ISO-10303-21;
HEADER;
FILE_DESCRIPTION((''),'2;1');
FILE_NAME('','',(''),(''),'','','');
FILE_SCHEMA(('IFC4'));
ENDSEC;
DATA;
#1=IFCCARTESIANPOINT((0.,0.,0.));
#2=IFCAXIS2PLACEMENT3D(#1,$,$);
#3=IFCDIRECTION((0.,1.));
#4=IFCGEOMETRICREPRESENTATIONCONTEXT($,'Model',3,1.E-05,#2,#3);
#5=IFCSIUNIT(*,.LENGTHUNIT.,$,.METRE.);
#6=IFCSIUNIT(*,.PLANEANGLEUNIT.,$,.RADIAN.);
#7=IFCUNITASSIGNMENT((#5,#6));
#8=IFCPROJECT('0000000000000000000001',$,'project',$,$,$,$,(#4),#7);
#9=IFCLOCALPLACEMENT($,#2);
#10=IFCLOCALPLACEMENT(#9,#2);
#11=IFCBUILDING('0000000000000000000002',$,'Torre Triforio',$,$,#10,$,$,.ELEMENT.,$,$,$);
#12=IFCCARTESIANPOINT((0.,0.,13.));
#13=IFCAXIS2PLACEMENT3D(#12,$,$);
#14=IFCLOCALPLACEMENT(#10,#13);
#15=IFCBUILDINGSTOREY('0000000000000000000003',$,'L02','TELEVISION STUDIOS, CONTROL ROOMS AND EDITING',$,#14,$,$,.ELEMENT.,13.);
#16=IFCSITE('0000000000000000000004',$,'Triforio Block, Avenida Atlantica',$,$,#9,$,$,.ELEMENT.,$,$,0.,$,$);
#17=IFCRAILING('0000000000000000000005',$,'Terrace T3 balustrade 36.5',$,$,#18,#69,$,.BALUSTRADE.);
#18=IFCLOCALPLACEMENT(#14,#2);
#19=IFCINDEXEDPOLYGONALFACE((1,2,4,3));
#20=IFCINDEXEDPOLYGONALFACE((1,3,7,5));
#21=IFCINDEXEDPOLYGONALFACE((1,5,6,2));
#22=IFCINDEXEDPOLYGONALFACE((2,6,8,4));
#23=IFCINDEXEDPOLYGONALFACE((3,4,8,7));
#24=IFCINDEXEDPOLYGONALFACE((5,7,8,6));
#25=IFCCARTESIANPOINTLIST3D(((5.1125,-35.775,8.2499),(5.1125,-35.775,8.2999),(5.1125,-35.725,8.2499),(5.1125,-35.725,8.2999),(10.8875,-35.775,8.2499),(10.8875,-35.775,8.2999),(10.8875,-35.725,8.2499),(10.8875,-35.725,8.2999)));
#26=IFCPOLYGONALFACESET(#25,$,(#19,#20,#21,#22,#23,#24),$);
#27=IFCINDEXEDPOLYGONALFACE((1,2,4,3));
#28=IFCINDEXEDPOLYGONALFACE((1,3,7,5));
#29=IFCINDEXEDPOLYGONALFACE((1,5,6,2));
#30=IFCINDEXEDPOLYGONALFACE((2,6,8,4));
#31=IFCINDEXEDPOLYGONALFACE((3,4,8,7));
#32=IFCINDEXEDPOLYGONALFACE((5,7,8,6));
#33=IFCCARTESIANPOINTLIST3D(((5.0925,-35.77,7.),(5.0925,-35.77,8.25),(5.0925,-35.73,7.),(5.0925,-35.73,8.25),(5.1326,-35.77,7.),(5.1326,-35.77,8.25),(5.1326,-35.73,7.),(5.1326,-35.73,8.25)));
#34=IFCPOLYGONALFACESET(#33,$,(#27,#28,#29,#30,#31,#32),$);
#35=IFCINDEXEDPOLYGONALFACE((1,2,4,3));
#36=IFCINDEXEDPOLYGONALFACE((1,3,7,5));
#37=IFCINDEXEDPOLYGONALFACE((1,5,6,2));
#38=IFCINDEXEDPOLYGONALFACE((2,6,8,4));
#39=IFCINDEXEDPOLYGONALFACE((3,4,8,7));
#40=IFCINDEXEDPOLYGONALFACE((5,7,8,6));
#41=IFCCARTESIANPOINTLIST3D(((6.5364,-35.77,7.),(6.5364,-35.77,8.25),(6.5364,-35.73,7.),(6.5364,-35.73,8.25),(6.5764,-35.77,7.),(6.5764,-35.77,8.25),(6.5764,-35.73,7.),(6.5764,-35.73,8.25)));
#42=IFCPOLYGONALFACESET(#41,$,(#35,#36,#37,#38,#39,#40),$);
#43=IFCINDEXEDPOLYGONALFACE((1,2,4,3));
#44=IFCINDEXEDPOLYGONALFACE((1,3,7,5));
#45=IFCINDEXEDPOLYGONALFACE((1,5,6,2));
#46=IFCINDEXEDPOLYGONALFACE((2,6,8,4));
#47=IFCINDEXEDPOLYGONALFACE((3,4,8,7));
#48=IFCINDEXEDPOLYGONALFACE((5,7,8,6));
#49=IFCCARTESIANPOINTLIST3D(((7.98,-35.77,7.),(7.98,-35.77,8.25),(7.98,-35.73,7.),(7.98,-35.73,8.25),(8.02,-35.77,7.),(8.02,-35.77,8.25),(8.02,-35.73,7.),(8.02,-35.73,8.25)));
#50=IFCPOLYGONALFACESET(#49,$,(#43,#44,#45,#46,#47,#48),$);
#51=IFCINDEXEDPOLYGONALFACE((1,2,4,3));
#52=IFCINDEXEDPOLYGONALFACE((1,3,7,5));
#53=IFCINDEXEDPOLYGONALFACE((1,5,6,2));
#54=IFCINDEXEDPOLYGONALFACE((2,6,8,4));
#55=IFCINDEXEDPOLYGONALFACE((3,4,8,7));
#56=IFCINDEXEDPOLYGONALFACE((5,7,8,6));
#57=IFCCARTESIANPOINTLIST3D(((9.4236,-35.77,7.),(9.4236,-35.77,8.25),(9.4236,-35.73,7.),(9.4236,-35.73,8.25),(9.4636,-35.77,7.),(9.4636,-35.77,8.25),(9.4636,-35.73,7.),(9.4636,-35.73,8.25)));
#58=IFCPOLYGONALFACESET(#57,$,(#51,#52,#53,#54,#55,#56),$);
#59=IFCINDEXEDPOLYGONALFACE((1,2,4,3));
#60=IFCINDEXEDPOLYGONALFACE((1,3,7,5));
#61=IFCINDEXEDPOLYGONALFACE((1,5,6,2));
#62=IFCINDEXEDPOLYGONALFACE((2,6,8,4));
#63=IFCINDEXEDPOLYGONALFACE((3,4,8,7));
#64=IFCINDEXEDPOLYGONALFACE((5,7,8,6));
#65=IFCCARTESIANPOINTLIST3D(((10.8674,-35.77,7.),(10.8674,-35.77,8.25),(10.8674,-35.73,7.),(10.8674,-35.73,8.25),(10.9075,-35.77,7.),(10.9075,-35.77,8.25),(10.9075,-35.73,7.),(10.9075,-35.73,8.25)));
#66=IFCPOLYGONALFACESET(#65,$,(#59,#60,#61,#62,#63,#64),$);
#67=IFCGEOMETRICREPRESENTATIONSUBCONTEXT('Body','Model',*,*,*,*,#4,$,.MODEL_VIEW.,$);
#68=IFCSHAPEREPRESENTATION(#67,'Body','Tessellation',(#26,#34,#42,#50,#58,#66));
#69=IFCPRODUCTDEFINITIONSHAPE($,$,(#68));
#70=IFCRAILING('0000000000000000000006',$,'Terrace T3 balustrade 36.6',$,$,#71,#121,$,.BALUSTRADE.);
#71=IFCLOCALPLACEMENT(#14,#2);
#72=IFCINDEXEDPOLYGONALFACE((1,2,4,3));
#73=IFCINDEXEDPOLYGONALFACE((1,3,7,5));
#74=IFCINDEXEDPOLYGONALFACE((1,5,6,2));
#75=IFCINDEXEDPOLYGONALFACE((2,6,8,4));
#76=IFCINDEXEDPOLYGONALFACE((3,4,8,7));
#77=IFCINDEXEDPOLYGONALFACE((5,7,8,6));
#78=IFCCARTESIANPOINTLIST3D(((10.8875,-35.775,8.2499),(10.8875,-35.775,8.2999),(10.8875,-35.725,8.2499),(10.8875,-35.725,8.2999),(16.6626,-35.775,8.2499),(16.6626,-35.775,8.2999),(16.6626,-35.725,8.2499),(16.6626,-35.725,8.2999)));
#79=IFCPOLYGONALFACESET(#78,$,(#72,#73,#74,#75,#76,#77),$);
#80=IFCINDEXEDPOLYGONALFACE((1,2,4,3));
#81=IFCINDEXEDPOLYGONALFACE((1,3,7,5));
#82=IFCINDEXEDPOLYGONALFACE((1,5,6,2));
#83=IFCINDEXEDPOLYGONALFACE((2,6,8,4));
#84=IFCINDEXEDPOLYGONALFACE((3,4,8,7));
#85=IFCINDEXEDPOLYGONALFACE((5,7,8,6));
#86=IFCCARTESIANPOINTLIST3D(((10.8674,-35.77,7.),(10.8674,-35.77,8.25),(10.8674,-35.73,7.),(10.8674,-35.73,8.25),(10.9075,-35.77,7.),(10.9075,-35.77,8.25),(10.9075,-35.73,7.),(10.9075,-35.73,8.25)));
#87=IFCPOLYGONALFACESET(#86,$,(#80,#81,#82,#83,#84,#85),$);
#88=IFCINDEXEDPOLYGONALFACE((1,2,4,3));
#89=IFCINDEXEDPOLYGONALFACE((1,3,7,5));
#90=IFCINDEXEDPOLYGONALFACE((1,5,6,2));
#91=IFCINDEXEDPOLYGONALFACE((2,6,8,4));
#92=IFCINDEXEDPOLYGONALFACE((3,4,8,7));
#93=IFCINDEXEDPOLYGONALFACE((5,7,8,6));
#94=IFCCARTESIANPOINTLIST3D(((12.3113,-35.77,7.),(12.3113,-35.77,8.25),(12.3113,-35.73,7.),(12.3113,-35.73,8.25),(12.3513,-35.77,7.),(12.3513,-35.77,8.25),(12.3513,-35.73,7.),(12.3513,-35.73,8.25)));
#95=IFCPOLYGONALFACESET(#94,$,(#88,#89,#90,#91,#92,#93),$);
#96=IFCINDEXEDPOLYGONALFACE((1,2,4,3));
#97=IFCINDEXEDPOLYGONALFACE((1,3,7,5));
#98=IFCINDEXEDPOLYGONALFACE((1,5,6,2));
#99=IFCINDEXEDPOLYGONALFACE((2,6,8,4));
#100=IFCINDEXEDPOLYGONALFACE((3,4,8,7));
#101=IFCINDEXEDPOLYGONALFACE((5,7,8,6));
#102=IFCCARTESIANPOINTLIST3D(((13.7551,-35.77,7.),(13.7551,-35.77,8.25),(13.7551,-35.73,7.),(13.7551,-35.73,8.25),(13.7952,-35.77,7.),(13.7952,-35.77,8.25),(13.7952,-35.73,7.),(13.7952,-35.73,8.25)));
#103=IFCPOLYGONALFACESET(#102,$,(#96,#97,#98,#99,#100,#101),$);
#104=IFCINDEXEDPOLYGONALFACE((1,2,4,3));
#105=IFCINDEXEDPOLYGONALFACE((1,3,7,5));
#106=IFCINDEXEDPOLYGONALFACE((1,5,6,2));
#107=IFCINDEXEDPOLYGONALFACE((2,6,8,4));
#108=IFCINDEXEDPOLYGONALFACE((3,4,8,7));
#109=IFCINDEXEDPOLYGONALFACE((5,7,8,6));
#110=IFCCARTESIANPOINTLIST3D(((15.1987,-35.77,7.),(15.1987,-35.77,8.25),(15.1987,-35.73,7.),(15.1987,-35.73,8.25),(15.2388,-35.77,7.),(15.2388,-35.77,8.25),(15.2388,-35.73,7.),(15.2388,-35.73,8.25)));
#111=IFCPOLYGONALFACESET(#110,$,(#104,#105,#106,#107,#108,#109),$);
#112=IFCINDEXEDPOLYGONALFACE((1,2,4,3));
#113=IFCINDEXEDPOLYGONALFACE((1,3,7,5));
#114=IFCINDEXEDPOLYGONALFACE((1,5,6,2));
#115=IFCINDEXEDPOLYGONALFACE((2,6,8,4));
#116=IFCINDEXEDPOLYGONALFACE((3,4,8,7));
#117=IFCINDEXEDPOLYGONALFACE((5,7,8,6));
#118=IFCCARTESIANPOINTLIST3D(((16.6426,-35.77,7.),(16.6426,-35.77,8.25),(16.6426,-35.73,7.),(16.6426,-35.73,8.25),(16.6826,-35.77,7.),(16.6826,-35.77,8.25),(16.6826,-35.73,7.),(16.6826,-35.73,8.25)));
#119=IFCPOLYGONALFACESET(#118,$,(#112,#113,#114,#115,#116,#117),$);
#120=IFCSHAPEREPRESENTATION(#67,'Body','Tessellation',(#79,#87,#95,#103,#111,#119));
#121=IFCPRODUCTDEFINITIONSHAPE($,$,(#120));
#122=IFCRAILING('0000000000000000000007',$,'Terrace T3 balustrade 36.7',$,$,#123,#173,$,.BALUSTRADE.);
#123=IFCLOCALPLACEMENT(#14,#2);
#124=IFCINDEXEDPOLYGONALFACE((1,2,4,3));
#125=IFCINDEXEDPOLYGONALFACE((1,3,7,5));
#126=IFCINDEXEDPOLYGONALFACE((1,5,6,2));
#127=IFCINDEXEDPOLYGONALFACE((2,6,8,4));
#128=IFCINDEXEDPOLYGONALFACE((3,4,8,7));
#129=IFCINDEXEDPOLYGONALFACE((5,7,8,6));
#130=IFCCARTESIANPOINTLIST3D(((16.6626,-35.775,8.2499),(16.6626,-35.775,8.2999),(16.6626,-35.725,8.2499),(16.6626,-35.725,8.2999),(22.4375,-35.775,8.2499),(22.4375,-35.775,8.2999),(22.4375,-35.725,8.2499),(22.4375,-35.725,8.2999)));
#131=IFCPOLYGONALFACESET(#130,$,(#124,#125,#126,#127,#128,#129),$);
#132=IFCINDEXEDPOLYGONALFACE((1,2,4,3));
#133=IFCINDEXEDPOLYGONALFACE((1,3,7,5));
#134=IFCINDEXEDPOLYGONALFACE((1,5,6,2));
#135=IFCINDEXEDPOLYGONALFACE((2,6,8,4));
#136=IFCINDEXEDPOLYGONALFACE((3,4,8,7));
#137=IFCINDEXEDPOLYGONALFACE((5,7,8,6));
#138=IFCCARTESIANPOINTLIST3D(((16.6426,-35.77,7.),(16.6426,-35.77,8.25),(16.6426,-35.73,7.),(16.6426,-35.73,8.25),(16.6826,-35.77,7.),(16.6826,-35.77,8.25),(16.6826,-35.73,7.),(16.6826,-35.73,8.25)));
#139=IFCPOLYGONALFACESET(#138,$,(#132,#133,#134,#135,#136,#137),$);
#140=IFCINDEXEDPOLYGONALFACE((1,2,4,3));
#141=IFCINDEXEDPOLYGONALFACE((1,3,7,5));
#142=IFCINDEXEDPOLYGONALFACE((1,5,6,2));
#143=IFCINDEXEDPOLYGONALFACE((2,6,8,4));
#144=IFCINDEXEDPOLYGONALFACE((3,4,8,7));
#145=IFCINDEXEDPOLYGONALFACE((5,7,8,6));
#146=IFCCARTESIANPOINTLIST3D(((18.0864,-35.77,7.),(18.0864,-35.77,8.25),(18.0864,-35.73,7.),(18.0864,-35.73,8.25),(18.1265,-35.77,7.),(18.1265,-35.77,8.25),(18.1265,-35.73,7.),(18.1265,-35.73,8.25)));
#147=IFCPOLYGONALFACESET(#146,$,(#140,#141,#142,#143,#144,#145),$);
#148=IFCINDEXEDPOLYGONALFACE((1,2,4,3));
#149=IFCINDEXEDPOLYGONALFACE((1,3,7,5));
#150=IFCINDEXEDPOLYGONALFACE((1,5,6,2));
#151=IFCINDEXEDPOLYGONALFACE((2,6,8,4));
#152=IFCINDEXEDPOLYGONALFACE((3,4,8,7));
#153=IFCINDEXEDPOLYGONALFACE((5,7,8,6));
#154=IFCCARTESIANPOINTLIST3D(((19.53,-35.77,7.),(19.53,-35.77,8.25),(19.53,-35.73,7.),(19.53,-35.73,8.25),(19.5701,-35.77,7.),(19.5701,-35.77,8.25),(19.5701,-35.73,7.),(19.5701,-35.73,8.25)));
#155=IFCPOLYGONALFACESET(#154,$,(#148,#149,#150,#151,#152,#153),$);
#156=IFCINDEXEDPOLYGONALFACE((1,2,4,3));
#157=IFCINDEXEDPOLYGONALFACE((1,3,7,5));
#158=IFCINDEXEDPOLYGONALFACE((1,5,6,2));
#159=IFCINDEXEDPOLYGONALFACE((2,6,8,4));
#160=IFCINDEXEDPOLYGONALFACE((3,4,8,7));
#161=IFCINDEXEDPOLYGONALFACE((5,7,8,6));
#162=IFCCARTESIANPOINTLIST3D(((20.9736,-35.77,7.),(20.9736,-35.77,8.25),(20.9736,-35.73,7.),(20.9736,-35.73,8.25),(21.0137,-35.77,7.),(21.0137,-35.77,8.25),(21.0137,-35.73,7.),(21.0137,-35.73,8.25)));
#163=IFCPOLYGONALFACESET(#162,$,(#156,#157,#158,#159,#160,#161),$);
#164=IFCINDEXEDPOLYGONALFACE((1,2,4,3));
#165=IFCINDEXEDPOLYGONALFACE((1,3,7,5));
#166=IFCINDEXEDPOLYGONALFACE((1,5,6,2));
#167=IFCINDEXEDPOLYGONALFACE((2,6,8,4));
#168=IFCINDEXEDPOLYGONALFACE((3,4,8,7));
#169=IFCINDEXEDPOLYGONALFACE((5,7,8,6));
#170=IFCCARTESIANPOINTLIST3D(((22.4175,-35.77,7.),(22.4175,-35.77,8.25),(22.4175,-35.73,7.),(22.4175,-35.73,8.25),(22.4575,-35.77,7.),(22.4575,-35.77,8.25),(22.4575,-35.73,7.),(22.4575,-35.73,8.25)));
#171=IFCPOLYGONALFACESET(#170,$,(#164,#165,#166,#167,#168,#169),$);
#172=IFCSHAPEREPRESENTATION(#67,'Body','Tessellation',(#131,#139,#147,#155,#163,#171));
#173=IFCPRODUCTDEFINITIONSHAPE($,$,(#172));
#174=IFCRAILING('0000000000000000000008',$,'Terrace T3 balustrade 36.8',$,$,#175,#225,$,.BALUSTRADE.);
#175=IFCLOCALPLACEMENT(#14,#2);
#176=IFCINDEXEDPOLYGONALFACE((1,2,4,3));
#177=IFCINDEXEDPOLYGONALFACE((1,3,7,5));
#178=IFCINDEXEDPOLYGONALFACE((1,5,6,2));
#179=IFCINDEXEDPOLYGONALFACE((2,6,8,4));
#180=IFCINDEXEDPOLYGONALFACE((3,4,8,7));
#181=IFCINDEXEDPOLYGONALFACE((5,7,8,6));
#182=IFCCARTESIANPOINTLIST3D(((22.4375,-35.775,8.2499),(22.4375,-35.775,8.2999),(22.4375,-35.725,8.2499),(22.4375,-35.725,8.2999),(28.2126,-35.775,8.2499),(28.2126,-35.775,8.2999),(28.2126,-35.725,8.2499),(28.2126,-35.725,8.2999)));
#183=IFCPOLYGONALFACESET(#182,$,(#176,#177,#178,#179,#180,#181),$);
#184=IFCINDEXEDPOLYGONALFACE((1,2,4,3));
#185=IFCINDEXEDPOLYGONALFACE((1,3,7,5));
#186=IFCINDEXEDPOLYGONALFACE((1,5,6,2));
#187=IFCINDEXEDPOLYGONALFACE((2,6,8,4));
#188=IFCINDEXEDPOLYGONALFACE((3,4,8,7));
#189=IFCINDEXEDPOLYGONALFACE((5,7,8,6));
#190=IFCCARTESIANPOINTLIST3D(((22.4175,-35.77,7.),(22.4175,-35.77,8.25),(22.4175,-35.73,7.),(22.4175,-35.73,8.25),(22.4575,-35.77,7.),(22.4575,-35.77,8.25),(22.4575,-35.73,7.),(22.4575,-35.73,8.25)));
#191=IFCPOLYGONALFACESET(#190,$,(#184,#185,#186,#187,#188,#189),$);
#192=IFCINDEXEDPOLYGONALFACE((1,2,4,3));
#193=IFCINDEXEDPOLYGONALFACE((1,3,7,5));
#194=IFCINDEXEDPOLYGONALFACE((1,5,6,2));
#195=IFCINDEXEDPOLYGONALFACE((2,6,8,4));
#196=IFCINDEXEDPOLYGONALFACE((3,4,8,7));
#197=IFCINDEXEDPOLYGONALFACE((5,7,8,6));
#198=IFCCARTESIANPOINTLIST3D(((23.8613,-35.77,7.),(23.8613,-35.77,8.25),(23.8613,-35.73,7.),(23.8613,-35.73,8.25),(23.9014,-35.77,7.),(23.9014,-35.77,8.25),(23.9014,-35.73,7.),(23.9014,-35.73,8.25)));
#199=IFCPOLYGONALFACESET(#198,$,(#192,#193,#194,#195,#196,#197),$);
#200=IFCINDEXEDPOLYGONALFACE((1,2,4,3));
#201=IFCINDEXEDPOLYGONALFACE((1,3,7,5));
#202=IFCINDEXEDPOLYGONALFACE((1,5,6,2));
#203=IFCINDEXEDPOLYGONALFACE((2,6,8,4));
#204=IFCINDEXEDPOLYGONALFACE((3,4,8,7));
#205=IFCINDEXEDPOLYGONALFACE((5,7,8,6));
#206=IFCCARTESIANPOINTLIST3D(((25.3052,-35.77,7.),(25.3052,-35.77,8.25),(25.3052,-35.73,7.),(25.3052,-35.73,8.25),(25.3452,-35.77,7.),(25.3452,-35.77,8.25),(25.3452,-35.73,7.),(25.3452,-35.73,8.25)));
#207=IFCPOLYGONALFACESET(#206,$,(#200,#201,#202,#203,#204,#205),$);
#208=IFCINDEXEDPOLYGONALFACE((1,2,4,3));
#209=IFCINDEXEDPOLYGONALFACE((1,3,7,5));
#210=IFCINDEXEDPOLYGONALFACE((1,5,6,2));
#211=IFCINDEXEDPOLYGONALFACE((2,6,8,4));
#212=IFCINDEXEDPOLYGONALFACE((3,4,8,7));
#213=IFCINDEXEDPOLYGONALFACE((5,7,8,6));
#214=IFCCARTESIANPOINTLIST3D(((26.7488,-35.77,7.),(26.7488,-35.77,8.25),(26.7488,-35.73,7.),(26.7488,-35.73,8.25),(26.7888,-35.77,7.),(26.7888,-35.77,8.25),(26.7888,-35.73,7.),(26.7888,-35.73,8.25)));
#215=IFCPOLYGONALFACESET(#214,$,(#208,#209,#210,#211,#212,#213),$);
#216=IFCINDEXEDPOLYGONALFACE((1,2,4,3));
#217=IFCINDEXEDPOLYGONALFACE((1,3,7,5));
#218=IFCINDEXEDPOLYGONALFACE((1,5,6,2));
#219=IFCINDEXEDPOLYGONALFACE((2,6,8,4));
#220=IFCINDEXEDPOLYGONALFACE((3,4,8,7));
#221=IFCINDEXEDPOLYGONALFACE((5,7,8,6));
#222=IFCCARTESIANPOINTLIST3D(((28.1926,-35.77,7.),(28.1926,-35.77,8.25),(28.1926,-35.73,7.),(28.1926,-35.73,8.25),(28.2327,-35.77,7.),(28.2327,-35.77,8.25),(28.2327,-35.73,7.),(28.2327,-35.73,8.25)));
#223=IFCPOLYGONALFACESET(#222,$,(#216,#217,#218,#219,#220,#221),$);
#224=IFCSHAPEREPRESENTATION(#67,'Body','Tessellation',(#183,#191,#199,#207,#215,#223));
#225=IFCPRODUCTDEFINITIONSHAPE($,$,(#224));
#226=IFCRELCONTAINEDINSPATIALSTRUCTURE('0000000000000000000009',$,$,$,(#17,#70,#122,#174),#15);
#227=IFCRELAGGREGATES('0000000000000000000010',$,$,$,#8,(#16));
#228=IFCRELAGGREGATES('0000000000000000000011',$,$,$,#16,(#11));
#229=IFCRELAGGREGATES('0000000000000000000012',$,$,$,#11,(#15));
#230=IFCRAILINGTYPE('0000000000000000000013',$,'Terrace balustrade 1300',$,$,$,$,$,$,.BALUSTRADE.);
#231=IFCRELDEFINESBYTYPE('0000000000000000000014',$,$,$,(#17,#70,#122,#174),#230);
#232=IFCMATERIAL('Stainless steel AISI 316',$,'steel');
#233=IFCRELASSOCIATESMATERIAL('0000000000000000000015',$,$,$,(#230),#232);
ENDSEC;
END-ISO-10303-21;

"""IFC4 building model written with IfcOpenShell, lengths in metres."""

from ifc_helpers import new_model, si_unit, direction, frame, origin, origin_2d, place, context, subcontext, project, spatial, rectangle, extrude, material, type_object, element, save


model = new_model("IFC4")

# Units and contexts
model_context = context("Model", 3, precision=1e-05, world=origin(), true_north=direction((0.0, 1.0)))
body_context = subcontext(model_context, "Body", "Model", "MODEL_VIEW")
ifc_project = project(units=[si_unit("LENGTHUNIT", "METRE"), si_unit("PLANEANGLEUNIT", "RADIAN")], contexts=[model_context])

# Site, building, storey
site_placement = place(None, origin())
site = spatial("IfcSite", under=ifc_project, at=site_placement, Name="Triforio Block, Avenida Atlantica", CompositionType="ELEMENT", RefElevation=0.0)
building_placement = place(site_placement, origin())
building = spatial("IfcBuilding", under=site, at=building_placement, Name="Torre Triforio", CompositionType="ELEMENT")
storey_placement = place(building_placement, frame((0.0, 0.0, 13.0)))
storey = spatial("IfcBuildingStorey", under=building, at=storey_placement, Name="L02", Description="TELEVISION STUDIOS, CONTROL ROOMS AND EDITING", CompositionType="ELEMENT", Elevation=13.0)

# Railings
ifc_material_1 = material(Name="Stainless steel AISI 316", Category="steel")
railing_type = type_object("IfcRailingType", Name="Terrace balustrade 1300", PredefinedType="BALUSTRADE", material=ifc_material_1)
railing_1_placement = place(storey_placement, frame((5.1125, -35.75, 7.0)))
element("IfcRailing", 1, at=railing_1_placement, inside=storey, type_object=railing_type, Name="Terrace T3 balustrade 36.5", PredefinedType="BALUSTRADE", context=body_context, shape_type="SweptSolid", body=[
    extrude(rectangle(XDim=0.05, YDim=0.05, at=origin_2d()), frame((0.0, 0.0, 1.2749), z_axis=(1.0, 0.0, 0.0), x_axis=(0.0, 1.0, 0.0)), (0.0, 0.0, 1.0), 5.7749),
    extrude(rectangle(XDim=0.04, YDim=0.04, at=origin_2d()), origin(), (0.0, 0.0, 1.0), 1.25),
    extrude(rectangle(XDim=0.04, YDim=0.04, at=origin_2d()), frame((1.4438, 0.0, 0.0)), (0.0, 0.0, 1.0), 1.25),
    extrude(rectangle(XDim=0.04, YDim=0.04, at=origin_2d()), frame((2.8875, 0.0, 0.0)), (0.0, 0.0, 1.0), 1.25),
    extrude(rectangle(XDim=0.04, YDim=0.04, at=origin_2d()), frame((4.3311, 0.0, 0.0)), (0.0, 0.0, 1.0), 1.25),
    extrude(rectangle(XDim=0.04, YDim=0.04, at=origin_2d()), frame((5.7749, 0.0, 0.0)), (0.0, 0.0, 1.0), 1.25),
])
railing_2_placement = place(storey_placement, frame((10.8875, -35.75, 7.0)))
element("IfcRailing", 2, at=railing_2_placement, inside=storey, type_object=railing_type, Name="Terrace T3 balustrade 36.6", PredefinedType="BALUSTRADE", context=body_context, shape_type="SweptSolid", body=[
    extrude(rectangle(XDim=0.05, YDim=0.05, at=origin_2d()), frame((0.0, 0.0, 1.2749), z_axis=(1.0, 0.0, 0.0), x_axis=(0.0, 1.0, 0.0)), (0.0, 0.0, 1.0), 5.7751),
    extrude(rectangle(XDim=0.04, YDim=0.04, at=origin_2d()), origin(), (0.0, 0.0, 1.0), 1.25),
    extrude(rectangle(XDim=0.04, YDim=0.04, at=origin_2d()), frame((1.4438, 0.0, 0.0)), (0.0, 0.0, 1.0), 1.25),
    extrude(rectangle(XDim=0.04, YDim=0.04, at=origin_2d()), frame((2.8877, 0.0, 0.0)), (0.0, 0.0, 1.0), 1.25),
    extrude(rectangle(XDim=0.04, YDim=0.04, at=origin_2d()), frame((4.3313, 0.0, 0.0)), (0.0, 0.0, 1.0), 1.25),
    extrude(rectangle(XDim=0.04, YDim=0.04, at=origin_2d()), frame((5.7751, 0.0, 0.0)), (0.0, 0.0, 1.0), 1.25),
])
railing_3_placement = place(storey_placement, frame((16.6626, -35.75, 7.0)))
element("IfcRailing", 3, at=railing_3_placement, inside=storey, type_object=railing_type, Name="Terrace T3 balustrade 36.7", PredefinedType="BALUSTRADE", context=body_context, shape_type="SweptSolid", body=[
    extrude(rectangle(XDim=0.05, YDim=0.05, at=origin_2d()), frame((0.0, 0.0, 1.2749), z_axis=(1.0, 0.0, 0.0), x_axis=(0.0, 1.0, 0.0)), (0.0, 0.0, 1.0), 5.7749),
    extrude(rectangle(XDim=0.04, YDim=0.04, at=origin_2d()), origin(), (0.0, 0.0, 1.0), 1.25),
    extrude(rectangle(XDim=0.04, YDim=0.04, at=origin_2d()), frame((1.4438, 0.0, 0.0)), (0.0, 0.0, 1.0), 1.25),
    extrude(rectangle(XDim=0.04, YDim=0.04, at=origin_2d()), frame((2.8875, 0.0, 0.0)), (0.0, 0.0, 1.0), 1.25),
    extrude(rectangle(XDim=0.04, YDim=0.04, at=origin_2d()), frame((4.3311, 0.0, 0.0)), (0.0, 0.0, 1.0), 1.25),
    extrude(rectangle(XDim=0.04, YDim=0.04, at=origin_2d()), frame((5.7749, 0.0, 0.0)), (0.0, 0.0, 1.0), 1.25),
])
railing_4_placement = place(storey_placement, frame((22.4375, -35.75, 7.0)))
element("IfcRailing", 4, at=railing_4_placement, inside=storey, type_object=railing_type, Name="Terrace T3 balustrade 36.8", PredefinedType="BALUSTRADE", context=body_context, shape_type="SweptSolid", body=[
    extrude(rectangle(XDim=0.05, YDim=0.05, at=origin_2d()), frame((0.0, 0.0, 1.2749), z_axis=(1.0, 0.0, 0.0), x_axis=(0.0, 1.0, 0.0)), (0.0, 0.0, 1.0), 5.7751),
    extrude(rectangle(XDim=0.04, YDim=0.04, at=origin_2d()), origin(), (0.0, 0.0, 1.0), 1.25),
    extrude(rectangle(XDim=0.04, YDim=0.04, at=origin_2d()), frame((1.4438, 0.0, 0.0)), (0.0, 0.0, 1.0), 1.25),
    extrude(rectangle(XDim=0.04, YDim=0.04, at=origin_2d()), frame((2.8877, 0.0, 0.0)), (0.0, 0.0, 1.0), 1.25),
    extrude(rectangle(XDim=0.04, YDim=0.04, at=origin_2d()), frame((4.3313, 0.0, 0.0)), (0.0, 0.0, 1.0), 1.25),
    extrude(rectangle(XDim=0.04, YDim=0.04, at=origin_2d()), frame((5.7751, 0.0, 0.0)), (0.0, 0.0, 1.0), 1.25),
])

save(model, "model.ifc")
